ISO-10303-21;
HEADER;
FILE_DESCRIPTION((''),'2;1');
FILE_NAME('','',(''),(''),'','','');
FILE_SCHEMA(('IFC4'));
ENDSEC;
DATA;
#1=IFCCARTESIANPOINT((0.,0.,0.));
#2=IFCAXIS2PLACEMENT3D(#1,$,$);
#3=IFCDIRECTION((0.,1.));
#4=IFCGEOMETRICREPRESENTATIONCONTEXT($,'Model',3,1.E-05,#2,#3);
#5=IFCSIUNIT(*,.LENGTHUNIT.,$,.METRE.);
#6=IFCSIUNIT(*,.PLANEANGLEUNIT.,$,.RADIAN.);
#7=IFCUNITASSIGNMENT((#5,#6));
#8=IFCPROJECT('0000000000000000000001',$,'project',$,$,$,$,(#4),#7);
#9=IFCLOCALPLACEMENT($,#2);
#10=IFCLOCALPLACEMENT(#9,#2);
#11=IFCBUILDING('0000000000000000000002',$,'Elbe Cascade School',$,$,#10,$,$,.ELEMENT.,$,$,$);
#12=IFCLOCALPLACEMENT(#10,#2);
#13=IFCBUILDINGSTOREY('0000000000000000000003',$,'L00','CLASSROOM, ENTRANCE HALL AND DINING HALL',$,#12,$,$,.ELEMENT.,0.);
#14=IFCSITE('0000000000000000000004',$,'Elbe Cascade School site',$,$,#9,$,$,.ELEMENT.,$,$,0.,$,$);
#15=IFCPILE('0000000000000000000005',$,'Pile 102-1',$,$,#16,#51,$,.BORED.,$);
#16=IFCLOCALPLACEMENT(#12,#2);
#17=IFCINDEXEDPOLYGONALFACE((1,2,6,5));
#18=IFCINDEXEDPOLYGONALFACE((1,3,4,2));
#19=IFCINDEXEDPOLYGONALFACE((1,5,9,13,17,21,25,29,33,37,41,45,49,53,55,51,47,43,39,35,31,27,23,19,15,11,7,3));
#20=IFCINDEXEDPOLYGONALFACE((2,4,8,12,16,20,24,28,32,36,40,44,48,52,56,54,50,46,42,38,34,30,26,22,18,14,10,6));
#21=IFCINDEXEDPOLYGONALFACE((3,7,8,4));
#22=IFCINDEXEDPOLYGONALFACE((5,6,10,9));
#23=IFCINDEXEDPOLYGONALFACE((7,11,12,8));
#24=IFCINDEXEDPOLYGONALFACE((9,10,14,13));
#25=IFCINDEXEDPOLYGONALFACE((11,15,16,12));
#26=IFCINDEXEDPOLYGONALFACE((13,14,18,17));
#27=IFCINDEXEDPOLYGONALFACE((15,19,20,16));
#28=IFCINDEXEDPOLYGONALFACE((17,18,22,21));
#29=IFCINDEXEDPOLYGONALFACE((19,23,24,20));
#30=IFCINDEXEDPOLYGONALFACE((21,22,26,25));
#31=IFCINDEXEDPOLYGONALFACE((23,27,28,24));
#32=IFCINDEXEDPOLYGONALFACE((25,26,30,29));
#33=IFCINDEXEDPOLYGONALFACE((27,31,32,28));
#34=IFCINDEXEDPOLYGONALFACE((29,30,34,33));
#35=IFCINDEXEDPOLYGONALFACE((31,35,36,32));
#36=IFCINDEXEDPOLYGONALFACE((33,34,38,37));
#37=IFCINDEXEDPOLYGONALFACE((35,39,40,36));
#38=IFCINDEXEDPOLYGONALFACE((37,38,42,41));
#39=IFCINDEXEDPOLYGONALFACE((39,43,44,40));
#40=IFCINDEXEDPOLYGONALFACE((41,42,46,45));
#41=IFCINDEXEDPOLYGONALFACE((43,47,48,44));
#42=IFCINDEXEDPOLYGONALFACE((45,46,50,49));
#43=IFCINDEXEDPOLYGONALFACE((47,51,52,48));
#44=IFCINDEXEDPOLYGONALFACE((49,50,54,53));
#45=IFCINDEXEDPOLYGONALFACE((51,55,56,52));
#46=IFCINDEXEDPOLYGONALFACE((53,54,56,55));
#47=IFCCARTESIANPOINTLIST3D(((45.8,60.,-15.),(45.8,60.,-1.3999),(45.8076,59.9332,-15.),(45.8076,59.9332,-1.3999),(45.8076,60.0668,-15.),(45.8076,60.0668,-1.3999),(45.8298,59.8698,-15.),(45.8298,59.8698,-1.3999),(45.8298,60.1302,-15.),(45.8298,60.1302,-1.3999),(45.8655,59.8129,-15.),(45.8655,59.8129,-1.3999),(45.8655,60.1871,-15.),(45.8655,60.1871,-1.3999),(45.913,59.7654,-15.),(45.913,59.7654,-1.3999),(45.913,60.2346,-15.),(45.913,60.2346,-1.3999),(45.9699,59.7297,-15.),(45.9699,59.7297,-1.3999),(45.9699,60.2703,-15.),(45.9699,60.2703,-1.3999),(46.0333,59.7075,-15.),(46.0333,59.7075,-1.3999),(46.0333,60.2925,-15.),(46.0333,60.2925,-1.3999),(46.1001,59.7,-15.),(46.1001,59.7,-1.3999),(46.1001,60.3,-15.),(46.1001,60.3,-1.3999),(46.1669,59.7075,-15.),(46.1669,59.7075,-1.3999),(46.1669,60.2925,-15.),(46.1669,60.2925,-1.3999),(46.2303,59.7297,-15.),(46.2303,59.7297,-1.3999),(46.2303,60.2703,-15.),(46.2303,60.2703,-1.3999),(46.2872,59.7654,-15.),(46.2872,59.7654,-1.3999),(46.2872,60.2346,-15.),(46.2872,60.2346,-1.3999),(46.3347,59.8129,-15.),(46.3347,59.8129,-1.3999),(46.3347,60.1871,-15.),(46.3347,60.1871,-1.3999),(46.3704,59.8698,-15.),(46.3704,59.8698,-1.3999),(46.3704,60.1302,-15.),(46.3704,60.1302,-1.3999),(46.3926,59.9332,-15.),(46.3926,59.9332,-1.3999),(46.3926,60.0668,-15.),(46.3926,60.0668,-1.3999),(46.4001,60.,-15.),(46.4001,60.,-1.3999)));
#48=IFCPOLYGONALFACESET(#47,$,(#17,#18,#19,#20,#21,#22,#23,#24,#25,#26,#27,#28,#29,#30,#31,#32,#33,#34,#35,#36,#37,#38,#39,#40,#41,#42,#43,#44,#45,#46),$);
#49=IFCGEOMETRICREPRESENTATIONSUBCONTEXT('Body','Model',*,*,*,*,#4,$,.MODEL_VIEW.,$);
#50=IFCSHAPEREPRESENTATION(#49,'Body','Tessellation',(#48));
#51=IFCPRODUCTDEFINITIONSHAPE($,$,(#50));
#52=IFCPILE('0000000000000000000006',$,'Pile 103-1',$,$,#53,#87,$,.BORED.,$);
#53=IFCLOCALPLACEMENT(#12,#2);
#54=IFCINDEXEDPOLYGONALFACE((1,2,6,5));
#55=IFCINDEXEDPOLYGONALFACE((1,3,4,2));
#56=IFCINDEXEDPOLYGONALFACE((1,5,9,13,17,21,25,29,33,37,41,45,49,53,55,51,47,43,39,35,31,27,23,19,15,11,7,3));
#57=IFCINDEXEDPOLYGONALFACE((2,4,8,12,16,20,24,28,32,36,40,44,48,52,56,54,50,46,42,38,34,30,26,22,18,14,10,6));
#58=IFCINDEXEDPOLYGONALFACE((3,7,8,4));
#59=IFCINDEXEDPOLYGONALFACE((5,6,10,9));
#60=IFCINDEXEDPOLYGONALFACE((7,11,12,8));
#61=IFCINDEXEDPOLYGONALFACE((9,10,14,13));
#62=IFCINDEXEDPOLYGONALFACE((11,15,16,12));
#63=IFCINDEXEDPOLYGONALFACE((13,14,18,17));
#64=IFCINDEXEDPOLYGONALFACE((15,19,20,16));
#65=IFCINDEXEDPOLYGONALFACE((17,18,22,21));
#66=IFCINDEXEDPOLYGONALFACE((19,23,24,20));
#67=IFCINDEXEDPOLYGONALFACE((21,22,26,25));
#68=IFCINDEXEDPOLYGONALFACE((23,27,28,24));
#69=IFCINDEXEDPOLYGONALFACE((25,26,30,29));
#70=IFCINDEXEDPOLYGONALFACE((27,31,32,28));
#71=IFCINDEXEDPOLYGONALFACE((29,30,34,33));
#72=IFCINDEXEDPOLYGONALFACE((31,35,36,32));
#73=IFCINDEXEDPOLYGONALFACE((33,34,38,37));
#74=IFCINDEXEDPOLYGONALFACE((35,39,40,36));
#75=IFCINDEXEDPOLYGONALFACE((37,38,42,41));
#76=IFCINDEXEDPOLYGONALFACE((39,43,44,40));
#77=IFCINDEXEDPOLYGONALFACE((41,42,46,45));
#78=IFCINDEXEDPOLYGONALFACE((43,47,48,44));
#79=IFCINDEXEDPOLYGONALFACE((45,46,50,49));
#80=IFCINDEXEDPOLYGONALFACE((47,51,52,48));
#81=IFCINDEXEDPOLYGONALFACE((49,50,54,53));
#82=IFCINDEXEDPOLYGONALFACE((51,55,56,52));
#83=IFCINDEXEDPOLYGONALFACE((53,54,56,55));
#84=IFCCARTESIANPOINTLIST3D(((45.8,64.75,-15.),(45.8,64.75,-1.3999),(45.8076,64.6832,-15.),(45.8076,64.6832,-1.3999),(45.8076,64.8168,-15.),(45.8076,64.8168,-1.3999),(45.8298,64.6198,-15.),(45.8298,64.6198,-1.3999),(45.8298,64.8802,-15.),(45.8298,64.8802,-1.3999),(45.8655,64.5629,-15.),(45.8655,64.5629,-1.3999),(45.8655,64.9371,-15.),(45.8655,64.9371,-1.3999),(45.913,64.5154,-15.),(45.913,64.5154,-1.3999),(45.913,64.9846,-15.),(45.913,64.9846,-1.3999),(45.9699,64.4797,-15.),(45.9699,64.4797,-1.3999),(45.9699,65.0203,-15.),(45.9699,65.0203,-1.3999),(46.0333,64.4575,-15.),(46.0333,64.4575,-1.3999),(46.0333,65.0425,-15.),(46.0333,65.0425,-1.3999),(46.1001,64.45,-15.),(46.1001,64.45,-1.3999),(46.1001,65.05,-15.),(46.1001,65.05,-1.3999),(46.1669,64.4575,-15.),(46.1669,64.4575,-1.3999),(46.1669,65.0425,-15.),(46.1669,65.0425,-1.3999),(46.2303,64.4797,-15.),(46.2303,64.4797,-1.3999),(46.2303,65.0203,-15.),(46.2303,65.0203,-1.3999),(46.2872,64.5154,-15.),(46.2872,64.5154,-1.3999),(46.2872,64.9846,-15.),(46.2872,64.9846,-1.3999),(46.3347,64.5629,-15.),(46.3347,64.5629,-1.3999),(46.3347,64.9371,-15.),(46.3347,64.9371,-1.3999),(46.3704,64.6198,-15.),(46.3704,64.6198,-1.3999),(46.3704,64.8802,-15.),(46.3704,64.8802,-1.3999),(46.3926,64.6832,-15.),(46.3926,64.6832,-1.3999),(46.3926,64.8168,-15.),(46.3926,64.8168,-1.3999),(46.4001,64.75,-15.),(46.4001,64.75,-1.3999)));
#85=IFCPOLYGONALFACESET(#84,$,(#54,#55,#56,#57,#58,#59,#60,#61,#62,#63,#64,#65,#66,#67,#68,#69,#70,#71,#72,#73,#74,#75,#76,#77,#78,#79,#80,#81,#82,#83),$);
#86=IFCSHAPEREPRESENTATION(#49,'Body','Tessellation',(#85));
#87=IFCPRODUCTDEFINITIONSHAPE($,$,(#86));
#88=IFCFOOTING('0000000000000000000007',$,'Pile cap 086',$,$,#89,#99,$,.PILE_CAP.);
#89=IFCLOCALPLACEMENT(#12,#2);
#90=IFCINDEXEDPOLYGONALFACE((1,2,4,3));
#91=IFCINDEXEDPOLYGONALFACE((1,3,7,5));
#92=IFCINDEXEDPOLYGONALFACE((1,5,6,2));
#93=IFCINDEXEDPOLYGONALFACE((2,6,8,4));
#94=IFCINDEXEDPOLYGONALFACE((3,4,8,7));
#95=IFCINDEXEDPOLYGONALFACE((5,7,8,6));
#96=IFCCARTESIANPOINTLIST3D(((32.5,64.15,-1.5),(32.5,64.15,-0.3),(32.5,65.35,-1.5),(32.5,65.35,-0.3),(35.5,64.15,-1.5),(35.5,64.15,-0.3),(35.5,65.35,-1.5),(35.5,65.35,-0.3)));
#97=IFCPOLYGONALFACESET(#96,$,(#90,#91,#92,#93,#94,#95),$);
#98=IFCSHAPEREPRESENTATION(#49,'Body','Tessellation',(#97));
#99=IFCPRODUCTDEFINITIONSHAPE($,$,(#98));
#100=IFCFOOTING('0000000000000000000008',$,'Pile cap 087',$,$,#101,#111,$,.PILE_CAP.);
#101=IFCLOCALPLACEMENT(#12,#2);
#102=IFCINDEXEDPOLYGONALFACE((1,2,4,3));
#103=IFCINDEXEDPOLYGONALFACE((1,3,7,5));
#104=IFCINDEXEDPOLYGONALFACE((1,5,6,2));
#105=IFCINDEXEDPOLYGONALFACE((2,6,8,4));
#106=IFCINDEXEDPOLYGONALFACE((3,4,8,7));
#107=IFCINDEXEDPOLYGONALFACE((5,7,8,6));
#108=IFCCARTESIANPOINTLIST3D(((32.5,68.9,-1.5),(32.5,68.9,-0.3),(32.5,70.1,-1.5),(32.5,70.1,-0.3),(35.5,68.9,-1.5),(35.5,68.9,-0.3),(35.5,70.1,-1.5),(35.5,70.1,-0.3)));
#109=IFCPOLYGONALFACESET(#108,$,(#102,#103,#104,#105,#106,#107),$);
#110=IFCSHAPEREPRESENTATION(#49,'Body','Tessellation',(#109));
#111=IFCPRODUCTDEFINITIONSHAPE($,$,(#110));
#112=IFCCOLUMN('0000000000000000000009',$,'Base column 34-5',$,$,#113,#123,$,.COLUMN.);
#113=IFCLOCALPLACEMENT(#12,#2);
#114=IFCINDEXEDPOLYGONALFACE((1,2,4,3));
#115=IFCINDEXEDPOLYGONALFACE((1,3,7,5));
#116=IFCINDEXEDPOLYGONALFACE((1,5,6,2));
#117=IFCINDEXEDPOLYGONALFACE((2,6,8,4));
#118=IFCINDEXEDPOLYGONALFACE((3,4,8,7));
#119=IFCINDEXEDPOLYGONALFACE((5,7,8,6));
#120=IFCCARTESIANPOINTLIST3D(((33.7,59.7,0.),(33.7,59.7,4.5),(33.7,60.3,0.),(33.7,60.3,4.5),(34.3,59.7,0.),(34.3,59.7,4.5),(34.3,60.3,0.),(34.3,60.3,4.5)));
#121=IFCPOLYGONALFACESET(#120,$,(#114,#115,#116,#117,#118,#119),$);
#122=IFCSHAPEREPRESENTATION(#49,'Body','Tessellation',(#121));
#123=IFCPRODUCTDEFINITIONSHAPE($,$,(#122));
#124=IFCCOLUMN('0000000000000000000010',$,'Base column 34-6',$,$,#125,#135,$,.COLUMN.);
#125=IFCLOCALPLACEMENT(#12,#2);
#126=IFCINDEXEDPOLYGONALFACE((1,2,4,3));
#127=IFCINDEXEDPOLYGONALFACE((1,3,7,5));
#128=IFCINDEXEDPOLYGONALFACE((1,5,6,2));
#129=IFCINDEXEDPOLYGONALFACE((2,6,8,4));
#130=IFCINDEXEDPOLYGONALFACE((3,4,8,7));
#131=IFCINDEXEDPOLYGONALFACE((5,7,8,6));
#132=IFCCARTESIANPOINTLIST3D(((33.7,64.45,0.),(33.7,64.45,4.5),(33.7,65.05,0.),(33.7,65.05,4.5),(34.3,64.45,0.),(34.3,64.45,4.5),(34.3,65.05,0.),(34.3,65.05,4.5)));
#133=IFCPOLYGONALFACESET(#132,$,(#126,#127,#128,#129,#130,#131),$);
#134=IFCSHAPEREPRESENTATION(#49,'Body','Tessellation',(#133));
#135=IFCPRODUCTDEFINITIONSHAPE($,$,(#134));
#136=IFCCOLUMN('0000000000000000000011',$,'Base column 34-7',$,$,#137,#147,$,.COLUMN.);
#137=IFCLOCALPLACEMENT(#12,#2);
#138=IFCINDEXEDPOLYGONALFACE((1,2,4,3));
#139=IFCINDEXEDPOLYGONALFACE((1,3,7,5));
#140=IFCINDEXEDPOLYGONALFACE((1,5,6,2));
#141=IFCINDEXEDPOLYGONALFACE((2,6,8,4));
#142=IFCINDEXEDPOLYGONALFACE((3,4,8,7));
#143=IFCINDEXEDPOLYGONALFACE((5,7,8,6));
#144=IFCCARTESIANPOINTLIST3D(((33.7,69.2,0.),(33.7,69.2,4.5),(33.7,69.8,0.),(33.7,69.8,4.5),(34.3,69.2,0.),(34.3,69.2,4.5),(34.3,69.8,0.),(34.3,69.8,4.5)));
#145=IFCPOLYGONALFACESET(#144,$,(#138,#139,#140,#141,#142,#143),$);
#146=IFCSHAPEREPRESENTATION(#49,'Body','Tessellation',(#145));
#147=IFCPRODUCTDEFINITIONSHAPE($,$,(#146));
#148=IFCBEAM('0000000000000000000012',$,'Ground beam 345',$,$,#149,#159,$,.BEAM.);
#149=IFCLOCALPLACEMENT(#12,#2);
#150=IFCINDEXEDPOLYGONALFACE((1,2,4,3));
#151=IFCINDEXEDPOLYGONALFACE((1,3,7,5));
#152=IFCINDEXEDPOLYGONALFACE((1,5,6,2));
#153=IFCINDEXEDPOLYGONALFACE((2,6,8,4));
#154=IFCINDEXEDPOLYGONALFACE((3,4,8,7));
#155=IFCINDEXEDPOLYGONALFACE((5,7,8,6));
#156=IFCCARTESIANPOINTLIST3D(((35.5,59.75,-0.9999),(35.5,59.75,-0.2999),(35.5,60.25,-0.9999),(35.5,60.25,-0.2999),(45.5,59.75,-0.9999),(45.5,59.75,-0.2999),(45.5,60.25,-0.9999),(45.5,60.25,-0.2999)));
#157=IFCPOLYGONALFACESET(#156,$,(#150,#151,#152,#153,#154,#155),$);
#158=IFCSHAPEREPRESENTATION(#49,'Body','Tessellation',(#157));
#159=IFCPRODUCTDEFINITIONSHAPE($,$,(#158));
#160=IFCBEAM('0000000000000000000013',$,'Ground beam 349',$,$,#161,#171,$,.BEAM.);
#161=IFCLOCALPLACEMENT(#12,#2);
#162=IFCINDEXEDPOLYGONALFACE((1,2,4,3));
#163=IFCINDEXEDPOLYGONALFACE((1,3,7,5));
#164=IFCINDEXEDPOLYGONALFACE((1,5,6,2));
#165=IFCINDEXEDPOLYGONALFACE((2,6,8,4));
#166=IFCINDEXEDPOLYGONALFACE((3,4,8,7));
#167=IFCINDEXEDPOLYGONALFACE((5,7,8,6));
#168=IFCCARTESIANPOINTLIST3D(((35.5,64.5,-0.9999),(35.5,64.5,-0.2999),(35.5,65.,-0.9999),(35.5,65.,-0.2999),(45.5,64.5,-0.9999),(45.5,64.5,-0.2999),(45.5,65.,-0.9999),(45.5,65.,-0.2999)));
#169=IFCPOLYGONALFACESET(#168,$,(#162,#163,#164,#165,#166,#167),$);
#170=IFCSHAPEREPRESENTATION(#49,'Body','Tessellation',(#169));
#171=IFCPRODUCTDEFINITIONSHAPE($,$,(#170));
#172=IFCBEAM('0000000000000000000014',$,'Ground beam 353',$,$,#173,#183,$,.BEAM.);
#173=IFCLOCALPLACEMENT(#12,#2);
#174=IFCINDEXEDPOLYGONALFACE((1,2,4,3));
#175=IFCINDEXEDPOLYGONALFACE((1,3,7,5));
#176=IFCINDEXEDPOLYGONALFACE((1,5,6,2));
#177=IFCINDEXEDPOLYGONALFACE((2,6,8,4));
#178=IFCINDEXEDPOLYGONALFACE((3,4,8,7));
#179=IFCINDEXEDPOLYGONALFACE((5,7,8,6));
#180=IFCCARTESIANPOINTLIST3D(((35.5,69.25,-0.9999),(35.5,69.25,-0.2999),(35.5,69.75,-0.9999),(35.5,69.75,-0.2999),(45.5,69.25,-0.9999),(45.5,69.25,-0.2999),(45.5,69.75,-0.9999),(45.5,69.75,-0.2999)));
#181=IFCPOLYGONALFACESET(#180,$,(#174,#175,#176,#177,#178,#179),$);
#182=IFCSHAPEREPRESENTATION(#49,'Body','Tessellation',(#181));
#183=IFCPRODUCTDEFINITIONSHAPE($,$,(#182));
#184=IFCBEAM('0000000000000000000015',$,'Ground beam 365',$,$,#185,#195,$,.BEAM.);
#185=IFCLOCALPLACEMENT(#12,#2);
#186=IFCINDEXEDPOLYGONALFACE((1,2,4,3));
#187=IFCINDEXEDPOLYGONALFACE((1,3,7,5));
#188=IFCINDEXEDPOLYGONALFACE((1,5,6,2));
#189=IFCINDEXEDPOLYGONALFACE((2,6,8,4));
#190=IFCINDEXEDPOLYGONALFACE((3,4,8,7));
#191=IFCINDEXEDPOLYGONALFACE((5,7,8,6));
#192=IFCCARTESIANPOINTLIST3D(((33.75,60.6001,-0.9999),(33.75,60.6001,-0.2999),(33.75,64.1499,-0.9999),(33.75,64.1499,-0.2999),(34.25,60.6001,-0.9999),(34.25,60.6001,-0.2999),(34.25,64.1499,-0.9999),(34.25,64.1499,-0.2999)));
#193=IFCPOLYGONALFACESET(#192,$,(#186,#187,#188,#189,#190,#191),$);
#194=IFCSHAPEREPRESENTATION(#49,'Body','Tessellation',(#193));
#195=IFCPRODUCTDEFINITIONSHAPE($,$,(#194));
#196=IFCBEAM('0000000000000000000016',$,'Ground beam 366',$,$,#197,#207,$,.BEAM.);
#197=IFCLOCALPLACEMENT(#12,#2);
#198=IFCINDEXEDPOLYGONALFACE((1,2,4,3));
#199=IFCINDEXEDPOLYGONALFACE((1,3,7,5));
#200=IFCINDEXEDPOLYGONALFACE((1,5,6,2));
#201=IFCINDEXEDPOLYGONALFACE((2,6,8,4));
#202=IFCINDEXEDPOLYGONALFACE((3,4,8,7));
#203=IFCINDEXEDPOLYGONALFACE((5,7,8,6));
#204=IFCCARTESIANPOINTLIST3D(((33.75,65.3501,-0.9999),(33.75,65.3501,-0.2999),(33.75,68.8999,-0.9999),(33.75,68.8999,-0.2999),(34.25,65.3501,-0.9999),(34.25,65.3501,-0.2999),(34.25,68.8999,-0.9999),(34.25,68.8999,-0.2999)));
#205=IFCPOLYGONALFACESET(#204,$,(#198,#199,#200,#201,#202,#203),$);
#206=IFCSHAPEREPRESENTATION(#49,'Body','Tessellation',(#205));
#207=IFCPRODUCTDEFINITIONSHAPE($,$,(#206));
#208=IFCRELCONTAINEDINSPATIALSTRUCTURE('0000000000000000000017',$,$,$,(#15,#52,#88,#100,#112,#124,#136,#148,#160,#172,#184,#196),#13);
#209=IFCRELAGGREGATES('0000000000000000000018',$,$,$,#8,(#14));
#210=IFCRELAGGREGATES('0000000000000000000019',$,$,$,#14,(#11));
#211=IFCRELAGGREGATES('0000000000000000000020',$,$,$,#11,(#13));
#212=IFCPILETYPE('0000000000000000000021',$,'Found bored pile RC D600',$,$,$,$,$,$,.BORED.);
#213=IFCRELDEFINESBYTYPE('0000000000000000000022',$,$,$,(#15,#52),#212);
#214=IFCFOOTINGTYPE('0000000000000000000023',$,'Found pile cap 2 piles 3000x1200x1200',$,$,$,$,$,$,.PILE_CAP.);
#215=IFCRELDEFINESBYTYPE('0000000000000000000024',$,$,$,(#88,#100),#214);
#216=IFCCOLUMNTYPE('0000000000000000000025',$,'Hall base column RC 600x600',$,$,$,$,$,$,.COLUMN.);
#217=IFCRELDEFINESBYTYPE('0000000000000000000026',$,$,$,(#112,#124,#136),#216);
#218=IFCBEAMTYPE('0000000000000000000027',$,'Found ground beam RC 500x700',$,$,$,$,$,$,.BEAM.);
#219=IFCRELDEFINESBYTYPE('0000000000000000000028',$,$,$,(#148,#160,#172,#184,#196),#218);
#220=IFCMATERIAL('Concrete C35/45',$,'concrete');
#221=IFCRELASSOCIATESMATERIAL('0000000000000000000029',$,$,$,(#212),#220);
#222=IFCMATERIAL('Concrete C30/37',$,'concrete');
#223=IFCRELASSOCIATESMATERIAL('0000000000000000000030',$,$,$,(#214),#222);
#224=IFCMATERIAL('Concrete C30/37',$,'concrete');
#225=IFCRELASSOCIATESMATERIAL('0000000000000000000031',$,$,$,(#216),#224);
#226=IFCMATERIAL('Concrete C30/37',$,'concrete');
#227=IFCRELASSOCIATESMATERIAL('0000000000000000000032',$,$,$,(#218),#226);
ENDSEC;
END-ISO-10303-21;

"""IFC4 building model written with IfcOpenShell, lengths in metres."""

from ifc_helpers import new_model, si_unit, direction, frame, origin, origin_2d, place, context, subcontext, project, spatial, rectangle, circle, extrude, material, material_profile, profile_set, type_object, element, save


model = new_model("IFC4")

# Units and contexts
model_context = context("Model", 3, precision=1e-05, world=origin(), true_north=direction((0.0, 1.0)))
body_context = subcontext(model_context, "Body", "Model", "MODEL_VIEW")
ifc_project = project(units=[si_unit("LENGTHUNIT", "METRE"), si_unit("PLANEANGLEUNIT", "RADIAN")], contexts=[model_context])

# Site, building, storey
site_placement = place(None, origin())
site = spatial("IfcSite", under=ifc_project, at=site_placement, Name="Elbe Cascade School site", CompositionType="ELEMENT", RefElevation=0.0)
building_placement = place(site_placement, origin())
building = spatial("IfcBuilding", under=site, at=building_placement, Name="Elbe Cascade School", CompositionType="ELEMENT")
storey_placement = place(building_placement, origin())
storey = spatial("IfcBuildingStorey", under=building, at=storey_placement, Name="L00", Description="CLASSROOM, ENTRANCE HALL AND DINING HALL", CompositionType="ELEMENT", Elevation=0.0)

# Piles
ifc_material_1 = material(Name="Concrete C35/45", Category="concrete")
ifc_material_profile_1 = material_profile(ifc_material_1, circle(Radius=0.3, at=origin_2d()), Name="RC D600")
ifc_profile_set_1 = profile_set([ifc_material_profile_1], Name="Concrete C35/45")
pile_type = type_object("IfcPileType", Name="Found bored pile RC D600", PredefinedType="BORED", material=ifc_profile_set_1)
for number, where, z_axis, x_axis, name in (
    (1, (46.1001, 60.0, -1.3999), (0.0, 0.0, -1.0), (1.0, 0.0, 0.0), "Pile 102-1"),
    (2, (46.1001, 64.75, -1.3999), (0.0, 0.0, -1.0), (1.0, 0.0, 0.0), "Pile 103-1"),
):
    element("IfcPile", number, at=place(storey_placement, frame(where, z_axis=z_axis, x_axis=x_axis)), inside=storey, type_object=pile_type, Name=name, PredefinedType="BORED", context=body_context, shape_type="SweptSolid", body=[
        extrude(circle(Radius=0.3, at=origin_2d()), origin(), (0.0, 0.0, 1.0), 13.6001),
    ])

# Footings
ifc_material_2 = material(Name="Concrete C30/37", Category="concrete")
footing_type = type_object("IfcFootingType", Name="Found pile cap 2 piles 3000x1200x1200", PredefinedType="PILE_CAP", material=ifc_material_2)
for number, where, z_axis, x_axis, name in (
    (3, (34.0, 64.75, -1.5), (0.0, 0.0, 1.0), (1.0, 0.0, 0.0), "Pile cap 086"),
    (4, (34.0, 69.5, -1.5), (0.0, 0.0, 1.0), (1.0, 0.0, 0.0), "Pile cap 087"),
):
    element("IfcFooting", number, at=place(storey_placement, frame(where, z_axis=z_axis, x_axis=x_axis)), inside=storey, type_object=footing_type, Name=name, PredefinedType="PILE_CAP", context=body_context, shape_type="SweptSolid", body=[
        extrude(rectangle(XDim=3.0, YDim=1.2, at=origin_2d()), origin(), (0.0, 0.0, 1.0), 1.2),
    ])

# Columns
ifc_material_3 = material(Name="Concrete C30/37", Category="concrete")
ifc_material_profile_2 = material_profile(ifc_material_3, rectangle(XDim=0.6001, YDim=0.6001, at=origin_2d()), Name="RC 600x600")
ifc_profile_set_2 = profile_set([ifc_material_profile_2], Name="Concrete C30/37")
column_type = type_object("IfcColumnType", Name="Hall base column RC 600x600", PredefinedType="COLUMN", material=ifc_profile_set_2)
for number, where, z_axis, x_axis, name in (
    (5, (34.0, 60.0, 0.0), (0.0, 0.0, 1.0), (1.0, 0.0, 0.0), "Base column 34-5"),
    (6, (34.0, 64.75, 0.0), (0.0, 0.0, 1.0), (1.0, 0.0, 0.0), "Base column 34-6"),
    (7, (34.0, 69.5, 0.0), (0.0, 0.0, 1.0), (1.0, 0.0, 0.0), "Base column 34-7"),
):
    element("IfcColumn", number, at=place(storey_placement, frame(where, z_axis=z_axis, x_axis=x_axis)), inside=storey, type_object=column_type, Name=name, PredefinedType="COLUMN", context=body_context, shape_type="SweptSolid", body=[
        extrude(rectangle(XDim=0.6001, YDim=0.6001, at=origin_2d()), origin(), (0.0, 0.0, 1.0), 4.5),
    ])

# Beams
ifc_material_4 = material(Name="Concrete C30/37", Category="concrete")
ifc_material_profile_3 = material_profile(ifc_material_4, rectangle(XDim=0.5, YDim=0.7, at=origin_2d()), Name="RC 500x700")
ifc_profile_set_3 = profile_set([ifc_material_profile_3], Name="Concrete C30/37")
beam_type = type_object("IfcBeamType", Name="Found ground beam RC 500x700", PredefinedType="BEAM", material=ifc_profile_set_3)
for number, where, z_axis, x_axis, name in (
    (8, (35.5, 60.0, -0.6499), (1.0, 0.0, 0.0), (0.0, 1.0, 0.0), "Ground beam 345"),
    (9, (35.5, 64.75, -0.6499), (1.0, 0.0, 0.0), (0.0, 1.0, 0.0), "Ground beam 349"),
    (10, (35.5, 69.5, -0.6499), (1.0, 0.0, 0.0), (0.0, 1.0, 0.0), "Ground beam 353"),
):
    element("IfcBeam", number, at=place(storey_placement, frame(where, z_axis=z_axis, x_axis=x_axis)), inside=storey, type_object=beam_type, Name=name, PredefinedType="BEAM", context=body_context, shape_type="SweptSolid", body=[
        extrude(rectangle(XDim=0.5, YDim=0.7, at=origin_2d()), origin(), (0.0, 0.0, 1.0), 10.0),
    ])
for number, where, z_axis, x_axis, name in (
    (11, (34.0, 60.6001, -0.6499), (0.0, 1.0, 0.0), (-1.0, 0.0, 0.0), "Ground beam 365"),
    (12, (34.0, 65.3501, -0.6499), (0.0, 1.0, 0.0), (-1.0, 0.0, 0.0), "Ground beam 366"),
):
    element("IfcBeam", number, at=place(storey_placement, frame(where, z_axis=z_axis, x_axis=x_axis)), inside=storey, type_object=beam_type, Name=name, PredefinedType="BEAM", context=body_context, shape_type="SweptSolid", body=[
        extrude(rectangle(XDim=0.5, YDim=0.7, at=origin_2d()), origin(), (0.0, 0.0, 1.0), 3.5498),
    ])

save(model, "model.ifc")
